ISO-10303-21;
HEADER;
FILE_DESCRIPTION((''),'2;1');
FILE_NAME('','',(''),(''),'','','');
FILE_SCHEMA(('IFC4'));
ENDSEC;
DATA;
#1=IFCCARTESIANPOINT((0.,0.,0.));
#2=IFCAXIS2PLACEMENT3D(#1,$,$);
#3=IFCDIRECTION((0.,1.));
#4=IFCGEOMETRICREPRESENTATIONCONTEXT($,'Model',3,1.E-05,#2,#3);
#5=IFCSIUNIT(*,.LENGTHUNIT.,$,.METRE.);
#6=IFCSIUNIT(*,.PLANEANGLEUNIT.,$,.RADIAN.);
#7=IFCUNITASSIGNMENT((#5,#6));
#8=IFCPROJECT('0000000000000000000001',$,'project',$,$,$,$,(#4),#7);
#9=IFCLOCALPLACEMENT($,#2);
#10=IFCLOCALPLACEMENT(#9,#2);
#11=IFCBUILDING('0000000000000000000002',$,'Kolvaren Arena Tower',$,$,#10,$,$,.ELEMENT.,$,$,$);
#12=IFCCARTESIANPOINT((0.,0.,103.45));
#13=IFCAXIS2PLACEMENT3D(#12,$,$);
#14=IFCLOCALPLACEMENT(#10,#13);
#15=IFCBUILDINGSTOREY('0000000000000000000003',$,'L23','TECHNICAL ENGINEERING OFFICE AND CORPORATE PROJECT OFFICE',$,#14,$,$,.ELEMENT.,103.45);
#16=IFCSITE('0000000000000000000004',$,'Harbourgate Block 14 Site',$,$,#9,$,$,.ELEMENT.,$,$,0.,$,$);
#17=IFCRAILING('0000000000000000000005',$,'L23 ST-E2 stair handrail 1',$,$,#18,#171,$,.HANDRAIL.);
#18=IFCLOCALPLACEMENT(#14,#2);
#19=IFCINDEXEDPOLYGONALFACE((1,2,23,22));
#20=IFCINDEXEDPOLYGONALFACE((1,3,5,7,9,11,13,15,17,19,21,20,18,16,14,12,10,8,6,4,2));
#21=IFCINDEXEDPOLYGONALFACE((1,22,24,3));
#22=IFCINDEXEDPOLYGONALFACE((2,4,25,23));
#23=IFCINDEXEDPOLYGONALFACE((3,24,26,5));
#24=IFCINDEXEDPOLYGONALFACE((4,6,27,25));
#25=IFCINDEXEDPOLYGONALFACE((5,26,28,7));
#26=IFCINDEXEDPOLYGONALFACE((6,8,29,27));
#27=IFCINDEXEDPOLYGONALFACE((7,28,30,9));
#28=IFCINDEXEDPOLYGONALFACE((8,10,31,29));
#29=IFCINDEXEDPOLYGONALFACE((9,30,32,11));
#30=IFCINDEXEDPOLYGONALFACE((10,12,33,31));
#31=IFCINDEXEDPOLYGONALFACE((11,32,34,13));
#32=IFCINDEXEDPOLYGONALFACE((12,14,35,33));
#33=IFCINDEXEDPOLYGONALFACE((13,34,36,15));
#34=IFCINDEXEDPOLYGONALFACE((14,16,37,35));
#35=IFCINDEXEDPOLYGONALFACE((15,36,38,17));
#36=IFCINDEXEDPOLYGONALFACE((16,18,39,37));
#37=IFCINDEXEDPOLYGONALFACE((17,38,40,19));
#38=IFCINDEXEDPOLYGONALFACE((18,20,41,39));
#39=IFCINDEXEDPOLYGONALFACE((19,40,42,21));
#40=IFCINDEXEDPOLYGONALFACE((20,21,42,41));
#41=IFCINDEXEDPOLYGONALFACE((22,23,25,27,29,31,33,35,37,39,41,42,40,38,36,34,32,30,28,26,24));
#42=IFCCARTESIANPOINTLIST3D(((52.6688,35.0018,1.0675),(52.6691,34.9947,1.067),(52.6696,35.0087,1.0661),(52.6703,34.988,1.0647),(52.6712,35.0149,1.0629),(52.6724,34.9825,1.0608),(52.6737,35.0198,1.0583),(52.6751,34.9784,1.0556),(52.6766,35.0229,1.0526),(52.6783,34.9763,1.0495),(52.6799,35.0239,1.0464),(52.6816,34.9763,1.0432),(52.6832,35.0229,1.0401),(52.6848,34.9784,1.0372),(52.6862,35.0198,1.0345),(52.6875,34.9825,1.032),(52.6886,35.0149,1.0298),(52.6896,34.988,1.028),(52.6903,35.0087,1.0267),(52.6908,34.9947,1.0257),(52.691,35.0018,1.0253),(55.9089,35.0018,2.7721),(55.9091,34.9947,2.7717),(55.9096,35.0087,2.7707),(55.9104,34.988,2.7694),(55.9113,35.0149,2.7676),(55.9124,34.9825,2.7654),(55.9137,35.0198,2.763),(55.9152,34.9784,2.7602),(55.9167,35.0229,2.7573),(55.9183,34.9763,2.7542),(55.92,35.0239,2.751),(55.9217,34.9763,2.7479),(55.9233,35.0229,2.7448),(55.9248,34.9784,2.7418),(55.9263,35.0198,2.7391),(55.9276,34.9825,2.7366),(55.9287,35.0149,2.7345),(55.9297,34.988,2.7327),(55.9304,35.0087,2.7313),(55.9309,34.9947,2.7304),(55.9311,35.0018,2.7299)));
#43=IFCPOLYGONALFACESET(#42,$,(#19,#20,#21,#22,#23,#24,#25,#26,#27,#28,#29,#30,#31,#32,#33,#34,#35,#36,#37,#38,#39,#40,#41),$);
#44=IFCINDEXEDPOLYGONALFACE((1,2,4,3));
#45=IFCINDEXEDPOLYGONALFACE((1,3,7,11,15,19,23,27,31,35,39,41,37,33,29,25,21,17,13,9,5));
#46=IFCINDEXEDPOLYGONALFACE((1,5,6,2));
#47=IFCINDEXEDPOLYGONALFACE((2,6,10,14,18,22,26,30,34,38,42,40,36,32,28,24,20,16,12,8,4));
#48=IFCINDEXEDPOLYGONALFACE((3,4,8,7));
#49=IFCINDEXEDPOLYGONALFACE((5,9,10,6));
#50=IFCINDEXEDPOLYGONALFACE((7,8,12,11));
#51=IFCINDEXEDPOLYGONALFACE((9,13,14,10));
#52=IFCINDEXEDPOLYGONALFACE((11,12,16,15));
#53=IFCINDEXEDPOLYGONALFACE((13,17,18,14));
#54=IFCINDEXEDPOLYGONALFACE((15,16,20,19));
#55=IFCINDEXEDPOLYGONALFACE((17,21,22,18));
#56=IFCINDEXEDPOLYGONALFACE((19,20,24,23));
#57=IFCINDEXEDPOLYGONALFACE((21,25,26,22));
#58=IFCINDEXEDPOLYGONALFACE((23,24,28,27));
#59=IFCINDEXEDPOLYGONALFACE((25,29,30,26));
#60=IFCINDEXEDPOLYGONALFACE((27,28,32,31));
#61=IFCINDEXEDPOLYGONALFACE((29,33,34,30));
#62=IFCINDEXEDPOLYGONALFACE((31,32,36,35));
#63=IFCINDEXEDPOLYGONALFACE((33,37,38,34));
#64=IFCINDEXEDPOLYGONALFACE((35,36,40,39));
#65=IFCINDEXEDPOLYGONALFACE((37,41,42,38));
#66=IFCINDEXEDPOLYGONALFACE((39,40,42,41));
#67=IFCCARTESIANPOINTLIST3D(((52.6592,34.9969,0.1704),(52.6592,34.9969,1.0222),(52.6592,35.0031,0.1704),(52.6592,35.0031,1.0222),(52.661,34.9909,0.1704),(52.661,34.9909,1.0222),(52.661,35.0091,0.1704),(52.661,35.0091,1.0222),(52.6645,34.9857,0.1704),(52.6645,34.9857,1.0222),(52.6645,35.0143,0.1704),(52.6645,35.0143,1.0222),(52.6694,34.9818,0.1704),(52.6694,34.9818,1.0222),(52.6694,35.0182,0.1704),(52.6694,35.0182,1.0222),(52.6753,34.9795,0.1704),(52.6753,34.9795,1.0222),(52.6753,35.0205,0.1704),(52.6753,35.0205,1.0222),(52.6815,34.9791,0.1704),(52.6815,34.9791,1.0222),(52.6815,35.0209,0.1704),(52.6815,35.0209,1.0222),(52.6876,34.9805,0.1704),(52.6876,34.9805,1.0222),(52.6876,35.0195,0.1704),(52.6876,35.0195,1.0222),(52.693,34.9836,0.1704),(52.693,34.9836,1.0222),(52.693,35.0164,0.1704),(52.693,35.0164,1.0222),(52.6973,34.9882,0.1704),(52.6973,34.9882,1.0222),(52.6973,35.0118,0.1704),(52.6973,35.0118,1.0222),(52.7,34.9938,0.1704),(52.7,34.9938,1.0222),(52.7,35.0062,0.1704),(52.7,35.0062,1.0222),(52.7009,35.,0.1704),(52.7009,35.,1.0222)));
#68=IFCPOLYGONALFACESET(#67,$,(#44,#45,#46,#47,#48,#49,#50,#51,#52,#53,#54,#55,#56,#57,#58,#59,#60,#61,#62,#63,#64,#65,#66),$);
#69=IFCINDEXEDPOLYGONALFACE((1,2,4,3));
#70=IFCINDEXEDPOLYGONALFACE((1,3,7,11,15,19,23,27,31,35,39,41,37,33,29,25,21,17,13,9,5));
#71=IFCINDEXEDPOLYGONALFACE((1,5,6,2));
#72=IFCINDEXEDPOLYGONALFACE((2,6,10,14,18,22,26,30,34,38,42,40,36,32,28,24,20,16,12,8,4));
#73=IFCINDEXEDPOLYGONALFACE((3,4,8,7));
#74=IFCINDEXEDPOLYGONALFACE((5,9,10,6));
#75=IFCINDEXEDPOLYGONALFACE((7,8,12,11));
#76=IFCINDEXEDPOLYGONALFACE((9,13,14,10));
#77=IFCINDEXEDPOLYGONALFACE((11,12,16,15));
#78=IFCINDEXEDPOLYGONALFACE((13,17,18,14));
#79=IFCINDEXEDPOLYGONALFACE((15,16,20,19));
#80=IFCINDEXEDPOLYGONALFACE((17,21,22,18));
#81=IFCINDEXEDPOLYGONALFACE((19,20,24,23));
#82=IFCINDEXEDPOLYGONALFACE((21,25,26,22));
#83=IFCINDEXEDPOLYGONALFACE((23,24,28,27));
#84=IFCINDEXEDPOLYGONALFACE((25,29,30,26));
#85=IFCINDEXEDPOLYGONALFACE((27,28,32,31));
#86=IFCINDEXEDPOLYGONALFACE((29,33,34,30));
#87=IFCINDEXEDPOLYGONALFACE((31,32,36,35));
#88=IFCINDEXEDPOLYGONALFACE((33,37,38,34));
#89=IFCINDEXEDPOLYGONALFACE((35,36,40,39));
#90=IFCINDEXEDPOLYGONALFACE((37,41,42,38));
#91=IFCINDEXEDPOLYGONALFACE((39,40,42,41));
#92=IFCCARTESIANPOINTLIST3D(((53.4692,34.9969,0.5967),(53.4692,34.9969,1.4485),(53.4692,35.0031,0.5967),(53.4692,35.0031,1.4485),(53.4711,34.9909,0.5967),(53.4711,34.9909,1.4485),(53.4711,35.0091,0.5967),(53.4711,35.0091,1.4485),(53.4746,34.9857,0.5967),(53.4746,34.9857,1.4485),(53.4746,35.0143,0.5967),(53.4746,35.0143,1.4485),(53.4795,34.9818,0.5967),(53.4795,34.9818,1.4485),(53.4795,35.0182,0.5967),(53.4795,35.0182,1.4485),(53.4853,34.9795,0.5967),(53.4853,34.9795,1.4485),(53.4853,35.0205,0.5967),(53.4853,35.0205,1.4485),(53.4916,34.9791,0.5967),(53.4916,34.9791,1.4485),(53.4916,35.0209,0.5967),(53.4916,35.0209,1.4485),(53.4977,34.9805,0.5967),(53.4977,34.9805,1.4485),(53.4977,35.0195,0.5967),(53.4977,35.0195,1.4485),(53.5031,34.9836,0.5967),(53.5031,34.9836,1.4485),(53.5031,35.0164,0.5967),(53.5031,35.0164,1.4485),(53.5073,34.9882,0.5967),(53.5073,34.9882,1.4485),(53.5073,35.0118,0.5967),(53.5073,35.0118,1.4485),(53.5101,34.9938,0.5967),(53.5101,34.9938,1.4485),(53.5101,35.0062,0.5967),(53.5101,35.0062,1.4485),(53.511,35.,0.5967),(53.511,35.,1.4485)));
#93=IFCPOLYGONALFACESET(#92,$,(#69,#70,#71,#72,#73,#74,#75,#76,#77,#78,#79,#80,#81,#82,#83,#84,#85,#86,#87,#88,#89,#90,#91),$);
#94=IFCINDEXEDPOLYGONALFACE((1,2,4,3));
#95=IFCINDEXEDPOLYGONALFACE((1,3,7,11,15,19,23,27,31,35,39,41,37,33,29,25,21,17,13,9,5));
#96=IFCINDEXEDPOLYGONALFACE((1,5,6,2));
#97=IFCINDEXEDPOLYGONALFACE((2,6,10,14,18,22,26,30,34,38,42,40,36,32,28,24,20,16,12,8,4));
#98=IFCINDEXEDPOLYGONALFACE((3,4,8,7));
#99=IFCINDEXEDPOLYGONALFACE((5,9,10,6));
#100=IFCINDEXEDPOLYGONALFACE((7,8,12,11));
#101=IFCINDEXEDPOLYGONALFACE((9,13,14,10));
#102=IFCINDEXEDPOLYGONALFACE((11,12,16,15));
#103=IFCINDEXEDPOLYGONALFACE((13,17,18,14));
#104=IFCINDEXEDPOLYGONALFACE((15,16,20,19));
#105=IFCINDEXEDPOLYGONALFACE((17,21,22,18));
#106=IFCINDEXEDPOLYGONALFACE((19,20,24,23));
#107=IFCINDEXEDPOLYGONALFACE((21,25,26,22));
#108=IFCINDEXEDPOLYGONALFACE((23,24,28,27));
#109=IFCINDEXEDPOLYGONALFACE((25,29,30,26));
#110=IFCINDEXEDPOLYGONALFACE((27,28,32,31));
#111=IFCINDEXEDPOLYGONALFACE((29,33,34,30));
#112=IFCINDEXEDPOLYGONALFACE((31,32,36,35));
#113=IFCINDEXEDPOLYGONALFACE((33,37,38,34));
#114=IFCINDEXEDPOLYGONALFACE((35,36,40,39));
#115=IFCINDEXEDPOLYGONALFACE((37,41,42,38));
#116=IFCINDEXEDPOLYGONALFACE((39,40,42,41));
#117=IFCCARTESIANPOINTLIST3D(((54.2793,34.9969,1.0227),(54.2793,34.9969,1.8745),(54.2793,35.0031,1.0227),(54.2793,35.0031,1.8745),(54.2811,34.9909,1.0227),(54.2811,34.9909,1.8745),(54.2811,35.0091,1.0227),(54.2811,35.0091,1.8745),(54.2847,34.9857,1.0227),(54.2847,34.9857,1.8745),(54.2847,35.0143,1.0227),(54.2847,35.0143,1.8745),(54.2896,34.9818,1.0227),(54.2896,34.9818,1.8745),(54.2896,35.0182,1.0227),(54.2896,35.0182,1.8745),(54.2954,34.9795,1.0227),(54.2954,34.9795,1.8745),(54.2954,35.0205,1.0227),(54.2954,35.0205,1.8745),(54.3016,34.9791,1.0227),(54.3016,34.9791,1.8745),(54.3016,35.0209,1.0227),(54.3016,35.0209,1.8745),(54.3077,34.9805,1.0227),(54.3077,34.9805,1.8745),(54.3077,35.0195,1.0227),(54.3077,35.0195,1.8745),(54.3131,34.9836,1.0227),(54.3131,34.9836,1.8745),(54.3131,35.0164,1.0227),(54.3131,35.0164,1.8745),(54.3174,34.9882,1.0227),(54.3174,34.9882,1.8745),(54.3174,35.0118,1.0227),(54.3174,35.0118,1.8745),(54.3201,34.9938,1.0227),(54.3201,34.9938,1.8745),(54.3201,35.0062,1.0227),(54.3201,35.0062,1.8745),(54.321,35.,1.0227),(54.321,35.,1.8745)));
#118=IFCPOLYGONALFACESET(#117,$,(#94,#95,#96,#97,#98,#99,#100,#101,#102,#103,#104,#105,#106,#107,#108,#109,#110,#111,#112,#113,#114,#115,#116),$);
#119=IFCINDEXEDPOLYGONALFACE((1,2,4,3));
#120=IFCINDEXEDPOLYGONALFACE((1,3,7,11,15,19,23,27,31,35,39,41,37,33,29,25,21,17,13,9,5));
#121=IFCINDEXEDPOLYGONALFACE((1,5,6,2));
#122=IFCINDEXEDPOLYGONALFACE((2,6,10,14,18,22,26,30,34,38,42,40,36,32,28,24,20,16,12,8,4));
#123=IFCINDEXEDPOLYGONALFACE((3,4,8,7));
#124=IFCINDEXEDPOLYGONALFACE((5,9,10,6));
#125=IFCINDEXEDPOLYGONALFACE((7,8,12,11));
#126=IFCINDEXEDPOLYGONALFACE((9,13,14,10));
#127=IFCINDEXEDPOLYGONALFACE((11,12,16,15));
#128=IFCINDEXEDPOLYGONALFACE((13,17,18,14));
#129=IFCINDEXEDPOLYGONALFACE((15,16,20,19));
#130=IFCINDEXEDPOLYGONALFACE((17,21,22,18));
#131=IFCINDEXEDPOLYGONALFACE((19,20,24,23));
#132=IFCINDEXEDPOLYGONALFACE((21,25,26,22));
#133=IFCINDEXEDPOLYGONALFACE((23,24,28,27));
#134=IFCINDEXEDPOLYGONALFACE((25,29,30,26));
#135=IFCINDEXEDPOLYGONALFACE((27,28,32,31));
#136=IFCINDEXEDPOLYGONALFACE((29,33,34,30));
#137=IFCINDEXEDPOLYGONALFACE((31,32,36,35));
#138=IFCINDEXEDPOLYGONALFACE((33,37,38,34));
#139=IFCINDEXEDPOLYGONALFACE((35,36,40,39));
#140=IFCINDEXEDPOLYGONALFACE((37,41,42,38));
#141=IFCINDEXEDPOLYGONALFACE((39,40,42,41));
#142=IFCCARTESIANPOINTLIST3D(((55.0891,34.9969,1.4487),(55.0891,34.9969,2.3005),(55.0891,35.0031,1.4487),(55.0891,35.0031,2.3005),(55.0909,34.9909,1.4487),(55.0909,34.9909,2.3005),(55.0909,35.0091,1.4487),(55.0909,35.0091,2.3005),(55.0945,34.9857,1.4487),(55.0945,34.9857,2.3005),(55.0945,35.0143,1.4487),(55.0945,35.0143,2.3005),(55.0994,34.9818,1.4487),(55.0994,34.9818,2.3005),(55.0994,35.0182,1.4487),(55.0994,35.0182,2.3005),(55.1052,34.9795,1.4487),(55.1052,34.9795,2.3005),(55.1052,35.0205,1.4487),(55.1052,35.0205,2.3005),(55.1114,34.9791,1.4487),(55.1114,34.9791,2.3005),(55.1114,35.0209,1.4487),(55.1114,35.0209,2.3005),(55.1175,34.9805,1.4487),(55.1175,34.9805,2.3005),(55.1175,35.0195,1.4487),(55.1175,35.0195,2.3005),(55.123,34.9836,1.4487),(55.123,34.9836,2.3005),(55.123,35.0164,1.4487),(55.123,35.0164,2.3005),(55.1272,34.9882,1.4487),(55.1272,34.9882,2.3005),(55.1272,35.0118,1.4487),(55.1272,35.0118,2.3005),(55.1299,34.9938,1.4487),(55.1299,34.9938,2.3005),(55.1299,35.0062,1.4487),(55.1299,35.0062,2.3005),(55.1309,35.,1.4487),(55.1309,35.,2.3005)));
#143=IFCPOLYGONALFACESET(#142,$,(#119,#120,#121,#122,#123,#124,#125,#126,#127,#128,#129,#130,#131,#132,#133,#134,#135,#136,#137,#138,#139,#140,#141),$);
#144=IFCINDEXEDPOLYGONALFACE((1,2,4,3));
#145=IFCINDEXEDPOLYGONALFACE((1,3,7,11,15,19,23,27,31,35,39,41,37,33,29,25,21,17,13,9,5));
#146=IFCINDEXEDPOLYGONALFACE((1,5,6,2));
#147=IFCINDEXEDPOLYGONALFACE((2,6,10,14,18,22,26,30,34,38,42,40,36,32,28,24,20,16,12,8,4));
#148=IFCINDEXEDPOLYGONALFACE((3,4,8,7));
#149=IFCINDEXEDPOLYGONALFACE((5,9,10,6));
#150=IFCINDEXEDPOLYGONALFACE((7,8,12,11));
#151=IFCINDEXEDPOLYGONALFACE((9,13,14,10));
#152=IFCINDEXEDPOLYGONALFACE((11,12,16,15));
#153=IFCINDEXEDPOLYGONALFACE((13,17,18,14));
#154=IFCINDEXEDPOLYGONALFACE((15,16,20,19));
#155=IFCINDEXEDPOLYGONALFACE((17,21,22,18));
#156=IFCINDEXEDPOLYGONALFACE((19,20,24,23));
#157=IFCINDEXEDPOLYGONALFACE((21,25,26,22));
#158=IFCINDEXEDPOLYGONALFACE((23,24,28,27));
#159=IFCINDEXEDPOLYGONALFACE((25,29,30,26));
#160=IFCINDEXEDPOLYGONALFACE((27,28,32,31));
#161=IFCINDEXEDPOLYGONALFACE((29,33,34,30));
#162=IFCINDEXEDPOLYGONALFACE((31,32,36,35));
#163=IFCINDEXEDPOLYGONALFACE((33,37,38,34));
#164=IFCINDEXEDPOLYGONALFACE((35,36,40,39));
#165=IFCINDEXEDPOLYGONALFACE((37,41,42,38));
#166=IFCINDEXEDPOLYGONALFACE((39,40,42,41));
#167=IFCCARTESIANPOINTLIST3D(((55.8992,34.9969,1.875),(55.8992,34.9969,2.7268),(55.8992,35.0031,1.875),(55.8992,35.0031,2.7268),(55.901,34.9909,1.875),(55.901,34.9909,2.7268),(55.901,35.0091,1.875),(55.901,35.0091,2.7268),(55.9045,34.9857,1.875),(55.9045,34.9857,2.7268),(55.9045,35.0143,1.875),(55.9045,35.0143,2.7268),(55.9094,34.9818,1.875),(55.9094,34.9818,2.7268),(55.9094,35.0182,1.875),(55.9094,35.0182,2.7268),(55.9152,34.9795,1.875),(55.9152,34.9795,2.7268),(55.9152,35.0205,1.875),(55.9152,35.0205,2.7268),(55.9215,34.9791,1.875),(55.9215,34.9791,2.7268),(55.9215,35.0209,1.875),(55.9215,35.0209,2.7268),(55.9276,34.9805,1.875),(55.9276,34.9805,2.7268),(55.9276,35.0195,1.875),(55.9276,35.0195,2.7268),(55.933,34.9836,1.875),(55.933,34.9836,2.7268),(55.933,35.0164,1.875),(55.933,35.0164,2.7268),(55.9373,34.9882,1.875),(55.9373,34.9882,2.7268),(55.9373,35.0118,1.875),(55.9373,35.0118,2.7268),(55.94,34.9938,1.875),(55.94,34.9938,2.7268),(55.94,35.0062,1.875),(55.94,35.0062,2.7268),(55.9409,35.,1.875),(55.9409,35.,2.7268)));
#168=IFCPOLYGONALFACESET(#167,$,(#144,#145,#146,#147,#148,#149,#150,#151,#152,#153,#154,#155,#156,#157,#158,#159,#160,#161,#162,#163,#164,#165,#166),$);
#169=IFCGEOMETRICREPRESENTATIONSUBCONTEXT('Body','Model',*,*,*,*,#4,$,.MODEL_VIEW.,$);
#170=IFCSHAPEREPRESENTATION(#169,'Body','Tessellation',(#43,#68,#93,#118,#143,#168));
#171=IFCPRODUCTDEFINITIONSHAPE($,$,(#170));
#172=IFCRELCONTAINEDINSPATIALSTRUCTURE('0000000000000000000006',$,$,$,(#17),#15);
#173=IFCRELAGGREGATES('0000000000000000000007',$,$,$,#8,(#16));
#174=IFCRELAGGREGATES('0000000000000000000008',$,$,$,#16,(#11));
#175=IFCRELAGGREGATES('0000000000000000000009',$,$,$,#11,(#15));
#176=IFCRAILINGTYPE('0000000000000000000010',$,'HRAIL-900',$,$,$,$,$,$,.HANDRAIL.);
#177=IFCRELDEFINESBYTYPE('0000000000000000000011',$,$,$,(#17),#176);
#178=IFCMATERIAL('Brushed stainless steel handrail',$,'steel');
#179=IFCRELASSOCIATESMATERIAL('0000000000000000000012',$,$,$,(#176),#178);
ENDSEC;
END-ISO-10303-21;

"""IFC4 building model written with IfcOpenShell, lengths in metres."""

from ifc_helpers import new_model, si_unit, direction, frame, origin, origin_2d, place, context, subcontext, project, spatial, circle, extrude, material, type_object, element, save


model = new_model("IFC4")

# Units and contexts
model_context = context("Model", 3, precision=1e-05, world=origin(), true_north=direction((0.0, 1.0)))
body_context = subcontext(model_context, "Body", "Model", "MODEL_VIEW")
ifc_project = project(units=[si_unit("LENGTHUNIT", "METRE"), si_unit("PLANEANGLEUNIT", "RADIAN")], contexts=[model_context])

# Site, building, storey
site_placement = place(None, origin())
site = spatial("IfcSite", under=ifc_project, at=site_placement, Name="Harbourgate Block 14 Site", CompositionType="ELEMENT", RefElevation=0.0)
building_placement = place(site_placement, origin())
building = spatial("IfcBuilding", under=site, at=building_placement, Name="Kolvaren Arena Tower", CompositionType="ELEMENT")
storey_placement = place(building_placement, frame((0.0, 0.0, 103.45)))
storey = spatial("IfcBuildingStorey", under=building, at=storey_placement, Name="L23", Description="TECHNICAL ENGINEERING OFFICE AND CORPORATE PROJECT OFFICE", CompositionType="ELEMENT", Elevation=103.45)

# Railing
ifc_material_1 = material(Name="Brushed stainless steel handrail", Category="steel")
railing_type_1 = type_object("IfcRailingType", Name="HRAIL-900", PredefinedType="HANDRAIL", material=ifc_material_1)
for number, where, name in (
    (1, (52.6799, 35.0, 0.1704), "L23 ST-E2 stair handrail 1"),
):
    element("IfcRailing", number, at=place(storey_placement, frame(where)), inside=storey, type_object=railing_type_1, Name=name, PredefinedType="HANDRAIL", context=body_context, shape_type="SweptSolid", body=[
        extrude(circle(Radius=0.0239, at=origin_2d()), frame((0.0, 0.0, 0.876), z_axis=(0.884993, 0.0, 0.465604), x_axis=(0.0, 1.0, 0.0)), (0.0, 0.0, 1.0), 3.6611),
        extrude(circle(Radius=0.021, at=origin_2d()), origin(), (0.0, 0.0, 1.0), 0.8518),
        extrude(circle(Radius=0.021, at=origin_2d()), frame((0.8101, 0.0, 0.4263)), (0.0, 0.0, 1.0), 0.8518),
        extrude(circle(Radius=0.021, at=origin_2d()), frame((1.6201, 0.0, 0.8523)), (0.0, 0.0, 1.0), 0.8518),
        extrude(circle(Radius=0.021, at=origin_2d()), frame((2.4299, 0.0, 1.2783)), (0.0, 0.0, 1.0), 0.8518),
        extrude(circle(Radius=0.021, at=origin_2d()), frame((3.24, 0.0, 1.7046)), (0.0, 0.0, 1.0), 0.8518),
    ])

save(model, "model.ifc")
